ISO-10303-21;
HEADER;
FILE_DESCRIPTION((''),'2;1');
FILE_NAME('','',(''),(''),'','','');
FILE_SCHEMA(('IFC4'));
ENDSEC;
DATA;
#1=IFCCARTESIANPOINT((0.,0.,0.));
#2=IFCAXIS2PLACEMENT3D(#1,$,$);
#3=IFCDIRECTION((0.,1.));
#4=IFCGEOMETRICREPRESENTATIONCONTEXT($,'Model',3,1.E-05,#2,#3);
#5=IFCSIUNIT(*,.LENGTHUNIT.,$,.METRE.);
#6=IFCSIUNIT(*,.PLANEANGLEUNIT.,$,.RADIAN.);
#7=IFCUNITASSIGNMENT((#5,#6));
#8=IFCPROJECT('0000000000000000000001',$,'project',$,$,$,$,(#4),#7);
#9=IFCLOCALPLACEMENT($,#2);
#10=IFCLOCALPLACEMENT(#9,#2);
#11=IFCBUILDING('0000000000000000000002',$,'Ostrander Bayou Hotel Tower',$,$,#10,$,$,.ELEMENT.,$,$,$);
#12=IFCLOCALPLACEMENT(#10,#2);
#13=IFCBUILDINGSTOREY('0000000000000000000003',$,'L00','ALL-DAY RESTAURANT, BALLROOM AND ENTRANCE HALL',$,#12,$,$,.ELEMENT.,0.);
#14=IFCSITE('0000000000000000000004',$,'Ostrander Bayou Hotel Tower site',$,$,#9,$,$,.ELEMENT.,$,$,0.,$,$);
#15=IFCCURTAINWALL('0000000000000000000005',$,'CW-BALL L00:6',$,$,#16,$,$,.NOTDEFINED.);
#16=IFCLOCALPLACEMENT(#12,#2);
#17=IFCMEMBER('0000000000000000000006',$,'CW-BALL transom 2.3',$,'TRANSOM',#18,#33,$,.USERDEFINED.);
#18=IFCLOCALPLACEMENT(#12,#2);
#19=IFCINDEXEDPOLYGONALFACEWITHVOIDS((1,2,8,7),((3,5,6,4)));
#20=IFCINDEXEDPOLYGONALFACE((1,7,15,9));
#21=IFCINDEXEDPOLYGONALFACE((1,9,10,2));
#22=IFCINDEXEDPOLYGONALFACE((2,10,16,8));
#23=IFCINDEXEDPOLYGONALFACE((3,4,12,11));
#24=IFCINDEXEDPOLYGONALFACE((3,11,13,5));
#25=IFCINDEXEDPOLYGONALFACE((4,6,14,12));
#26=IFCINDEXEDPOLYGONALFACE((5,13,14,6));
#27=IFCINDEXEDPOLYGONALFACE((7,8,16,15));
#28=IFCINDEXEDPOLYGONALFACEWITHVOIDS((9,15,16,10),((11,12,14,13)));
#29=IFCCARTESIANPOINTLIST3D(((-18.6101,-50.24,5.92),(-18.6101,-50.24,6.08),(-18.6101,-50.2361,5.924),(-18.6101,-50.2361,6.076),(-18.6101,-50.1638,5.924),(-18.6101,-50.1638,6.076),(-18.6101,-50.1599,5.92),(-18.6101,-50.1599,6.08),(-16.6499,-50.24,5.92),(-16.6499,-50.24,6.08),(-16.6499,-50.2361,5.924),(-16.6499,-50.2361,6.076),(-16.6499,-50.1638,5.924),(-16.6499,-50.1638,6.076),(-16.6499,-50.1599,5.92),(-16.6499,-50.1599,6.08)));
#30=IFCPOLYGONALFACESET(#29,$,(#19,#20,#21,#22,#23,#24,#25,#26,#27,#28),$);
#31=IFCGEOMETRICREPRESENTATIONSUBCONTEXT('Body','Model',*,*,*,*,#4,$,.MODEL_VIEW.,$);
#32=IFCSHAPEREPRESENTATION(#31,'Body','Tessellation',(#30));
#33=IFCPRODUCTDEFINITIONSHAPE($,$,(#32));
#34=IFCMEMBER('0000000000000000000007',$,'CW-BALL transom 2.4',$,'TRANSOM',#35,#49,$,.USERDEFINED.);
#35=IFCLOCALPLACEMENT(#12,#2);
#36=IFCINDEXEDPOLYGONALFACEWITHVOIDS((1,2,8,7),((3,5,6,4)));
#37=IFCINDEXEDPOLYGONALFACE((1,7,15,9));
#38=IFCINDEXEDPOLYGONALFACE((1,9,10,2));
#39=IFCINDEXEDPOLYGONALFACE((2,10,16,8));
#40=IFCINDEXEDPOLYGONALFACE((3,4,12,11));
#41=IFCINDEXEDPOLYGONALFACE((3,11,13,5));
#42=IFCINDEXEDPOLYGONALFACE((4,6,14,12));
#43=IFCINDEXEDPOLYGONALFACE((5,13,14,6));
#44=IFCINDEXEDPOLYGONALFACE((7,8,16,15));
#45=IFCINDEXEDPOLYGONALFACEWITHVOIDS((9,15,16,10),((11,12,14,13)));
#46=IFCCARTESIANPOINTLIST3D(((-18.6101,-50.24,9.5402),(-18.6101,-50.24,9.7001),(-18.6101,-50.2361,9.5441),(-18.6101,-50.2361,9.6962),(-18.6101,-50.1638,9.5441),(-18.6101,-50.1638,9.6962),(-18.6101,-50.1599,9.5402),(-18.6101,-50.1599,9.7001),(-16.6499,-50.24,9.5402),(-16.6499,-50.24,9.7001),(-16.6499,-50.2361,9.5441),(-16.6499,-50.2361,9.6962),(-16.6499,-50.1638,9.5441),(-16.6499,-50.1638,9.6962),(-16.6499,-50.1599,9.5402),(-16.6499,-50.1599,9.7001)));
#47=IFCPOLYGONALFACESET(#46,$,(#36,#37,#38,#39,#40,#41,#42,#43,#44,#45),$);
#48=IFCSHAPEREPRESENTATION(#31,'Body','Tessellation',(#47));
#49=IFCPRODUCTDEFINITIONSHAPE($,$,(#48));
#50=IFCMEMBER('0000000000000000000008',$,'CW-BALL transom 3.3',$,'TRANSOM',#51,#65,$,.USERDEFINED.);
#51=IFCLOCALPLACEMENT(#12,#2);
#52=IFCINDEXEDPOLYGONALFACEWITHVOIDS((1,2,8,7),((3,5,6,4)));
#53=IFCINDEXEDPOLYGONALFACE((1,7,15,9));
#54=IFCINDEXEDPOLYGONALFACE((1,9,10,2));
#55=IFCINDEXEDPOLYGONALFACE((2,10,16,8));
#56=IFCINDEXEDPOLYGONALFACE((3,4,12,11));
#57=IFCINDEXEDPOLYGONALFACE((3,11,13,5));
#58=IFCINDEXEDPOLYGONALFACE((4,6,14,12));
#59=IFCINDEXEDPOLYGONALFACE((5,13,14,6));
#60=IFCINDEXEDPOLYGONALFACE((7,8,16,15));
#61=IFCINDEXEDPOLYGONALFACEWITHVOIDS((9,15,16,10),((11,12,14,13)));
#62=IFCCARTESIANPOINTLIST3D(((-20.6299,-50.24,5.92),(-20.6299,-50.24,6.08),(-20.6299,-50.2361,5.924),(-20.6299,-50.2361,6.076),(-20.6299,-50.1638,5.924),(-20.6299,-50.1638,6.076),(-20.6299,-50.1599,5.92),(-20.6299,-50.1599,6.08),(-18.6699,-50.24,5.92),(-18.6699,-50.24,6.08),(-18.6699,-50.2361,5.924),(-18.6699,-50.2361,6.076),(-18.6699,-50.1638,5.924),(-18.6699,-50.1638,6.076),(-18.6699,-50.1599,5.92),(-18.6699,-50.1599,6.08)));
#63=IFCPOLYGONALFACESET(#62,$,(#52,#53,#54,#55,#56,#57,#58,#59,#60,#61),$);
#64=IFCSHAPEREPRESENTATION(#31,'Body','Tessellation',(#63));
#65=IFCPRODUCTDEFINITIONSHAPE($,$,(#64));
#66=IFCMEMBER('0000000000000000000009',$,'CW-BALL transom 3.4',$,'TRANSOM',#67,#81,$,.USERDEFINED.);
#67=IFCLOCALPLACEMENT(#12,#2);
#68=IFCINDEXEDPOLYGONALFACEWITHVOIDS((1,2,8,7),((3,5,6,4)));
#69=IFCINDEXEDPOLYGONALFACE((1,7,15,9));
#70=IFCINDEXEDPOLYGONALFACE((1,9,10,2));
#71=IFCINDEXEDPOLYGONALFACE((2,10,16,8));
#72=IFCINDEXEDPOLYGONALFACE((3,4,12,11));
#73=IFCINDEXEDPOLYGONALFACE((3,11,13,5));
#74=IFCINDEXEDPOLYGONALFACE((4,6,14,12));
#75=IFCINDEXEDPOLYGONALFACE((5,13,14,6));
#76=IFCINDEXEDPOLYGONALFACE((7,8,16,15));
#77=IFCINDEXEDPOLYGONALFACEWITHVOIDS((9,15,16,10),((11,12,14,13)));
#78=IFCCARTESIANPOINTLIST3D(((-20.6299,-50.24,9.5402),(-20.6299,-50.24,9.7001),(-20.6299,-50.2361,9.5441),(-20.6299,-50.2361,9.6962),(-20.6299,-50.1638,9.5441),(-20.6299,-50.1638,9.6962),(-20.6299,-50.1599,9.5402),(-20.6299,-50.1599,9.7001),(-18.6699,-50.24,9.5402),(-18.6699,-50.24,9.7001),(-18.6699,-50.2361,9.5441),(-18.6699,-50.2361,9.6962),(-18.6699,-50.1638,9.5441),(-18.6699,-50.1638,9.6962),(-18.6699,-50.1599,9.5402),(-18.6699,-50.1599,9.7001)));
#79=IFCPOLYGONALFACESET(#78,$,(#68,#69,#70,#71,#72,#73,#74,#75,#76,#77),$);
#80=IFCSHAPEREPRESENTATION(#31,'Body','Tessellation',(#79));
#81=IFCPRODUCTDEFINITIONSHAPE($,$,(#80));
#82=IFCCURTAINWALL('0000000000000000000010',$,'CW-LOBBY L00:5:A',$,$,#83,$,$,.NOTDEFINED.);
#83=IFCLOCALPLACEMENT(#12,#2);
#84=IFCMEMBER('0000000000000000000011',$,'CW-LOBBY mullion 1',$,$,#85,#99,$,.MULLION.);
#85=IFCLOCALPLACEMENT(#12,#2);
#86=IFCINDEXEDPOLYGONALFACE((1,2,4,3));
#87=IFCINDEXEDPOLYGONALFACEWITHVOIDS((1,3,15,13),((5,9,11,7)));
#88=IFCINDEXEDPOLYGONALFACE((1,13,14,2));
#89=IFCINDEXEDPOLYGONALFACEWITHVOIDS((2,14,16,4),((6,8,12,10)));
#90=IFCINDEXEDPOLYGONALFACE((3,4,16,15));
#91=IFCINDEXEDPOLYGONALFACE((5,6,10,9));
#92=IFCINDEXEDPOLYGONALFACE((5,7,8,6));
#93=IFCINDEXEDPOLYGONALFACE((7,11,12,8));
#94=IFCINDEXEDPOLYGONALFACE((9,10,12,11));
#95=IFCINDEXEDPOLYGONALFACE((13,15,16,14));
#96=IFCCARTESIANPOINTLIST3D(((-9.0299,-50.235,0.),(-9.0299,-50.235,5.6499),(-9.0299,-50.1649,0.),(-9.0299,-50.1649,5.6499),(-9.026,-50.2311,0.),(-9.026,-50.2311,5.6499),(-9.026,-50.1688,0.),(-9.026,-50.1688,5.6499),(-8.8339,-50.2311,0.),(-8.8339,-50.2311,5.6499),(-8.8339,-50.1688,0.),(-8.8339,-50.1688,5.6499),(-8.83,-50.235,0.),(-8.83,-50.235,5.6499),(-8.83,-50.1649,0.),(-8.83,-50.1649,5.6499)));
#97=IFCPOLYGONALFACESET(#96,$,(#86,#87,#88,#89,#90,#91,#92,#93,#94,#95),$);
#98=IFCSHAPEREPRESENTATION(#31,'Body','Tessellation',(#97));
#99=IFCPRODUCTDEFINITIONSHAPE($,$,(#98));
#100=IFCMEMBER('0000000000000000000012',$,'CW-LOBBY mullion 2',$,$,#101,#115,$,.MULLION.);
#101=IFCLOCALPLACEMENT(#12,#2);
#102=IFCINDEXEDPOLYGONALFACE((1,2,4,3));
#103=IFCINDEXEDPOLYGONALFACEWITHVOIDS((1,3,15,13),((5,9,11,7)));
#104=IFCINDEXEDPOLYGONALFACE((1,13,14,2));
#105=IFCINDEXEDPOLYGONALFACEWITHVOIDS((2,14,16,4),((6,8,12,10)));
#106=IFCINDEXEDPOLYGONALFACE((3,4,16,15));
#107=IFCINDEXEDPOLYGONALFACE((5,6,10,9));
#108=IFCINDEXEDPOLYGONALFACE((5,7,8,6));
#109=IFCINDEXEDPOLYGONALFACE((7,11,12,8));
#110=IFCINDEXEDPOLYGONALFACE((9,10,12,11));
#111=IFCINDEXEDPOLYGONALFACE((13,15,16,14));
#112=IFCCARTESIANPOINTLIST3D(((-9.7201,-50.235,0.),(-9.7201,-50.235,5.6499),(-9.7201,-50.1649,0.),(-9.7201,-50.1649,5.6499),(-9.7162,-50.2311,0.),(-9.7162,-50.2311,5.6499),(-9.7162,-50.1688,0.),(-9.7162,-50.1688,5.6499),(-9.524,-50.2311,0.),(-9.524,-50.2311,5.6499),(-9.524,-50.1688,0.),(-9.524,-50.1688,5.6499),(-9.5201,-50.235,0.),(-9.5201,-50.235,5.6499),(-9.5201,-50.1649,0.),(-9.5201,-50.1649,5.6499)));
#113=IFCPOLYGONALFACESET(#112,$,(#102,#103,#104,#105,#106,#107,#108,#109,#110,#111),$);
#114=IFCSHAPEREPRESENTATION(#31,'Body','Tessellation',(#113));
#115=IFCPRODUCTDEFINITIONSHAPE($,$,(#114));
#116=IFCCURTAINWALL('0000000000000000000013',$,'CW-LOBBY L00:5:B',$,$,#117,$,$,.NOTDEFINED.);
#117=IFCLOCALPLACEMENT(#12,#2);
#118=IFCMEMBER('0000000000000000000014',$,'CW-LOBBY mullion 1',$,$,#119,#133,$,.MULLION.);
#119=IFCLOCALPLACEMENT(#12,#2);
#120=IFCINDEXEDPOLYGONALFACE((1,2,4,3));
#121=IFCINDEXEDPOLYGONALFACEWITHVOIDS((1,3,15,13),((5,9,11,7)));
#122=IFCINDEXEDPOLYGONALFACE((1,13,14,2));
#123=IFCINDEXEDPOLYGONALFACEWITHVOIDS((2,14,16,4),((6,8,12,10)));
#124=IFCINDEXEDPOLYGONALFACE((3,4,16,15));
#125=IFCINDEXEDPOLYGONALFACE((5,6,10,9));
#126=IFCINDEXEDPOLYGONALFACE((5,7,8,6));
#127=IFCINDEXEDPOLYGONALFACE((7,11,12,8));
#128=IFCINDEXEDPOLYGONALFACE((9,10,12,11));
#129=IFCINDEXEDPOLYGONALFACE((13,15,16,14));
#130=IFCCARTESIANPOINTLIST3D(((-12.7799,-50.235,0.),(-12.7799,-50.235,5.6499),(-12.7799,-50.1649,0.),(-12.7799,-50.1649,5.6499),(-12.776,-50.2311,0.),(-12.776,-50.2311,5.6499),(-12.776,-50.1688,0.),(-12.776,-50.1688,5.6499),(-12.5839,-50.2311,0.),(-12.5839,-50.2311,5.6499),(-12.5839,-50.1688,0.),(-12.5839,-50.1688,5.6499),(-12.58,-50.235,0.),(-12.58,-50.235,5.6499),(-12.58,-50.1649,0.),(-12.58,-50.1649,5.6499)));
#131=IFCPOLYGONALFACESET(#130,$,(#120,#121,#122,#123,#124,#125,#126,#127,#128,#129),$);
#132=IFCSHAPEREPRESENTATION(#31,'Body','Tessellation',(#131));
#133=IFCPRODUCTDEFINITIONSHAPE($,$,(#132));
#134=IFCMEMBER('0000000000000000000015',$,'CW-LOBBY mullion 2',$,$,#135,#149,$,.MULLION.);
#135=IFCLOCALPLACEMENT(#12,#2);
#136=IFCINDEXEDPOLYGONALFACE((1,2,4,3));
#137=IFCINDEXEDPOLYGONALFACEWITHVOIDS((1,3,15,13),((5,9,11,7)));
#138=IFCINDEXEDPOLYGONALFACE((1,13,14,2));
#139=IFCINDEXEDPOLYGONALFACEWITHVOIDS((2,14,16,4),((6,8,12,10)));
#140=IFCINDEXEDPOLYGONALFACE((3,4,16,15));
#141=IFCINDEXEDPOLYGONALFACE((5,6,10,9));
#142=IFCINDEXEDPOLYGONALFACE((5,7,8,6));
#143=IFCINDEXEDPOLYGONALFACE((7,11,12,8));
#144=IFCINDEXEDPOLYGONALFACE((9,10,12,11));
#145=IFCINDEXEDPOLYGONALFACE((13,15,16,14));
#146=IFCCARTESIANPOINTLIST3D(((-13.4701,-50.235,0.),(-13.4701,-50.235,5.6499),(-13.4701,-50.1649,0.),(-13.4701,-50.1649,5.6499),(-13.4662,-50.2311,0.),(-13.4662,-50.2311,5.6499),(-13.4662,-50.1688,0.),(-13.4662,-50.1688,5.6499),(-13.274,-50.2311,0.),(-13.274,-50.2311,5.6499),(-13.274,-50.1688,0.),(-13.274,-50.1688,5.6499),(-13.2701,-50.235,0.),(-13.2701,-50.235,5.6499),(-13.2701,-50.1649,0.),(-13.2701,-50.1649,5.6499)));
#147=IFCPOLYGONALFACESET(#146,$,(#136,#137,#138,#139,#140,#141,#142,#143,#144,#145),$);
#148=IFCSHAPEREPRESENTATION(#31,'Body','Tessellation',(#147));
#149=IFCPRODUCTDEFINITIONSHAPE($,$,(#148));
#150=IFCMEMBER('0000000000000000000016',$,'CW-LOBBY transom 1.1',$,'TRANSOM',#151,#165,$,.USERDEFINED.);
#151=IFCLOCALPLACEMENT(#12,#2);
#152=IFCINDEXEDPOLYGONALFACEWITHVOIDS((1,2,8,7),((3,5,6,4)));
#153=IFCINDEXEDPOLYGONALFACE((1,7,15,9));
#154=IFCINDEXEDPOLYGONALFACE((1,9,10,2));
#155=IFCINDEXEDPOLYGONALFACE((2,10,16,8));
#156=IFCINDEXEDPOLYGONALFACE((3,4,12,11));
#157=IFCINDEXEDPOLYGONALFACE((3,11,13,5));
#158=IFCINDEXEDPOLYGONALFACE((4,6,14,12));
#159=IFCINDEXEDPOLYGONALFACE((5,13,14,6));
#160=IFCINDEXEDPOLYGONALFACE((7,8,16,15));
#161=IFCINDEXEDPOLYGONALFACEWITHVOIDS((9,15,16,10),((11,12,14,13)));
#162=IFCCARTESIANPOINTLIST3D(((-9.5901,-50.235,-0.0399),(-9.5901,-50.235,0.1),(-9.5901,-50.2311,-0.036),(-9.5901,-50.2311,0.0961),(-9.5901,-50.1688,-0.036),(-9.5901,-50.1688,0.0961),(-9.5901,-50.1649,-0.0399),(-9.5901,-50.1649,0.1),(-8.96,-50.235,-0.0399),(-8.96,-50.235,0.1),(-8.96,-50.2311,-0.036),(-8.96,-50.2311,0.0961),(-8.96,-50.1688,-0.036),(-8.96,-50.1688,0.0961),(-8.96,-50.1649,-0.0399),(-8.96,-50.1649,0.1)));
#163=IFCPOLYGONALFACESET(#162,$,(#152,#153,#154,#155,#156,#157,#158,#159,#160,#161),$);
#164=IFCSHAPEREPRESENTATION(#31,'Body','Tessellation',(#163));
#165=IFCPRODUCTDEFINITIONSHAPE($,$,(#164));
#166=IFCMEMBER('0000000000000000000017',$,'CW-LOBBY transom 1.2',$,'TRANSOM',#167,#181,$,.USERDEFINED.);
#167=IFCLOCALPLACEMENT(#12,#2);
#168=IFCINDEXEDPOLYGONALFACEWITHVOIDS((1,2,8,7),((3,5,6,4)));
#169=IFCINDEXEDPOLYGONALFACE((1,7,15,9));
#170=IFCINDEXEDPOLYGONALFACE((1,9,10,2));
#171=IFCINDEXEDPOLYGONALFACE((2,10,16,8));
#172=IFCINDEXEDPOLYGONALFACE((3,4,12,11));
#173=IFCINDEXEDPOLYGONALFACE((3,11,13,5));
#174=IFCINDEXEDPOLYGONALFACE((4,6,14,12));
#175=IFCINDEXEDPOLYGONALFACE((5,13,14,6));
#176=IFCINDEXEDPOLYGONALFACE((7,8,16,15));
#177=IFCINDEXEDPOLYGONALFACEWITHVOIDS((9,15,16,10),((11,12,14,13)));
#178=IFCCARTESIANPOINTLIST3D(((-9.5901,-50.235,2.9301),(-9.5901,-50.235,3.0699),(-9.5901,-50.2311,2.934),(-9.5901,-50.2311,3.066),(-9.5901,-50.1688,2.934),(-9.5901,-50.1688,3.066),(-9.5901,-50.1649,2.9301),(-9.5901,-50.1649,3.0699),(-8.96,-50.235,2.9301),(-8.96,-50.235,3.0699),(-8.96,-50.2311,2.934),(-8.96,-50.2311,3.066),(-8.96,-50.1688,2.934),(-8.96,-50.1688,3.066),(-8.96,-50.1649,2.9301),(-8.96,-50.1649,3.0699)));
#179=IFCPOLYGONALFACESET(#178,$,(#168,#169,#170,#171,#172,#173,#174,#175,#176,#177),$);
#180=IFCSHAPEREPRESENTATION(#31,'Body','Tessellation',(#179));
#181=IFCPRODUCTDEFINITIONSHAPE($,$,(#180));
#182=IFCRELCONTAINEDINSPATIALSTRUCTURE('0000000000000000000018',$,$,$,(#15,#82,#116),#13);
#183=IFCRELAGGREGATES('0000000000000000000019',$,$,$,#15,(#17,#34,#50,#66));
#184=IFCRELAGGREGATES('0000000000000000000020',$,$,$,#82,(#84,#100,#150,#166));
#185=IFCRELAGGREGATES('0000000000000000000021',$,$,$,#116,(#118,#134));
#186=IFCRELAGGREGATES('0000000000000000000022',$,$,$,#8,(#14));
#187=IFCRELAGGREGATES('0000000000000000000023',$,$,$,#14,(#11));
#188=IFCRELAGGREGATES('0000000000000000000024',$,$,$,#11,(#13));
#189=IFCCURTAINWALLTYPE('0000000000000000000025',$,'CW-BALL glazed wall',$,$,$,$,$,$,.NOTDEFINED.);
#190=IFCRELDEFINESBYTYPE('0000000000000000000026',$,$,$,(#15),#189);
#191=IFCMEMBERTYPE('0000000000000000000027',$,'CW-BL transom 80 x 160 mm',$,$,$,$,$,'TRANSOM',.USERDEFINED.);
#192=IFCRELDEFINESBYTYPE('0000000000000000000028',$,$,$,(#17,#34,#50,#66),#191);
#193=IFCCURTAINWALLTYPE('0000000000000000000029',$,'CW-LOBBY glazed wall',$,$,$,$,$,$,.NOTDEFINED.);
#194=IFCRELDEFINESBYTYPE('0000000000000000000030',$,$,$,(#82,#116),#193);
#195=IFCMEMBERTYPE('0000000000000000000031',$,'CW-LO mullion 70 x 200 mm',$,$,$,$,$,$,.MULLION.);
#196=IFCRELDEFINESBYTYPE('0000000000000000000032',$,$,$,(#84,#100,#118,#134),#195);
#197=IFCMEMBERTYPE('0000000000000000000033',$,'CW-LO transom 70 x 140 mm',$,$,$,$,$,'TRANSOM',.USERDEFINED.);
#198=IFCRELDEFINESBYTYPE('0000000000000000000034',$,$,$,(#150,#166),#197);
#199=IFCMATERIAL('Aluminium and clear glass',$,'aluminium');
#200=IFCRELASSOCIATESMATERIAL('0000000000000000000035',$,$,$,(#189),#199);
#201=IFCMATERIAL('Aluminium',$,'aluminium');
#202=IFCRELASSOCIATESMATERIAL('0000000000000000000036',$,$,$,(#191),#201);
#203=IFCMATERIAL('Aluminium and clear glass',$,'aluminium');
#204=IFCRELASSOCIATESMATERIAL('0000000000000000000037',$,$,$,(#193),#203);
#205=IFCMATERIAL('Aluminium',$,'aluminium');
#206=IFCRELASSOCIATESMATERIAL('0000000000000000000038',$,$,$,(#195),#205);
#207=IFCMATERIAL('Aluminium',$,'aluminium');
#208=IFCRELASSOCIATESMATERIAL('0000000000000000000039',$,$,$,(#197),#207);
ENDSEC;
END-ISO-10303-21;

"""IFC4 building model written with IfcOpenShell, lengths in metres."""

from ifc_helpers import new_model, si_unit, direction, frame, origin, origin_2d, place, context, subcontext, project, spatial, hollow_rectangle, extrude, material, material_profile, profile_set, type_object, element, aggregate, save


model = new_model("IFC4")

# Units and contexts
model_context = context("Model", 3, precision=1e-05, world=origin(), true_north=direction((0.0, 1.0)))
body_context = subcontext(model_context, "Body", "Model", "MODEL_VIEW")
ifc_project = project(units=[si_unit("LENGTHUNIT", "METRE"), si_unit("PLANEANGLEUNIT", "RADIAN")], contexts=[model_context])

# Site, building, storey
site_placement = place(None, origin())
site = spatial("IfcSite", under=ifc_project, at=site_placement, Name="Ostrander Bayou Hotel Tower site", CompositionType="ELEMENT", RefElevation=0.0)
building_placement = place(site_placement, origin())
building = spatial("IfcBuilding", under=site, at=building_placement, Name="Ostrander Bayou Hotel Tower", CompositionType="ELEMENT")
storey_placement = place(building_placement, origin())
storey = spatial("IfcBuildingStorey", under=building, at=storey_placement, Name="L00", Description="ALL-DAY RESTAURANT, BALLROOM AND ENTRANCE HALL", CompositionType="ELEMENT", Elevation=0.0)

# Curtain walls, members
ifc_material_1 = material(Name="Aluminium and clear glass", Category="aluminium")
curtain_wall_type_1 = type_object("IfcCurtainWallType", Name="CW-BALL glazed wall", PredefinedType="NOTDEFINED", material=ifc_material_1)
curtain_wall_1_placement = place(storey_placement, origin())
curtain_wall_1 = element("IfcCurtainWall", 1, at=curtain_wall_1_placement, inside=storey, type_object=curtain_wall_type_1, Name="CW-BALL L00:6", PredefinedType="NOTDEFINED")
ifc_material_2 = material(Name="Aluminium", Category="aluminium")
ifc_material_profile_1 = material_profile(ifc_material_2, hollow_rectangle(XDim=0.0801, YDim=0.1599, WallThickness=0.0039, at=origin_2d()))
ifc_profile_set_1 = profile_set([ifc_material_profile_1], Name="Aluminium")
member_type_1 = type_object("IfcMemberType", Name="CW-BL transom 80 x 160 mm", ElementType="TRANSOM", PredefinedType="USERDEFINED", material=ifc_profile_set_1)
member_1_placement = place(storey_placement, frame((-16.6499, -50.2, 6.0), z_axis=(-1.0, 0.0, 0.0), x_axis=(0.0, -1.0, 0.0)))
member_1 = element("IfcMember", 2, at=member_1_placement, type_object=member_type_1, Name="CW-BALL transom 2.3", ObjectType="TRANSOM", PredefinedType="USERDEFINED", context=body_context, shape_type="SweptSolid", body=[
    extrude(hollow_rectangle(XDim=0.0801, YDim=0.1599, WallThickness=0.0039, at=origin_2d()), origin(), (0.0, 0.0, 1.0), 1.9602),
])
member_2_placement = place(storey_placement, frame((-16.6499, -50.2, 9.6201), z_axis=(-1.0, 0.0, 0.0), x_axis=(0.0, -1.0, 0.0)))
member_2 = element("IfcMember", 3, at=member_2_placement, type_object=member_type_1, Name="CW-BALL transom 2.4", ObjectType="TRANSOM", PredefinedType="USERDEFINED", context=body_context, shape_type="SweptSolid", body=[
    extrude(hollow_rectangle(XDim=0.0801, YDim=0.1599, WallThickness=0.0039, at=origin_2d()), origin(), (0.0, 0.0, 1.0), 1.9602),
])
member_3_placement = place(storey_placement, frame((-18.6699, -50.2, 6.0), z_axis=(-1.0, 0.0, 0.0), x_axis=(0.0, -1.0, 0.0)))
member_3 = element("IfcMember", 4, at=member_3_placement, type_object=member_type_1, Name="CW-BALL transom 3.3", ObjectType="TRANSOM", PredefinedType="USERDEFINED", context=body_context, shape_type="SweptSolid", body=[
    extrude(hollow_rectangle(XDim=0.0801, YDim=0.1599, WallThickness=0.0039, at=origin_2d()), origin(), (0.0, 0.0, 1.0), 1.96),
])
member_4_placement = place(storey_placement, frame((-18.6699, -50.2, 9.6201), z_axis=(-1.0, 0.0, 0.0), x_axis=(0.0, -1.0, 0.0)))
member_4 = element("IfcMember", 5, at=member_4_placement, type_object=member_type_1, Name="CW-BALL transom 3.4", ObjectType="TRANSOM", PredefinedType="USERDEFINED", context=body_context, shape_type="SweptSolid", body=[
    extrude(hollow_rectangle(XDim=0.0801, YDim=0.1599, WallThickness=0.0039, at=origin_2d()), origin(), (0.0, 0.0, 1.0), 1.96),
])
ifc_material_3 = material(Name="Aluminium and clear glass", Category="aluminium")
curtain_wall_type_2 = type_object("IfcCurtainWallType", Name="CW-LOBBY glazed wall", PredefinedType="NOTDEFINED", material=ifc_material_3)
curtain_wall_2_placement = place(storey_placement, origin())
curtain_wall_2 = element("IfcCurtainWall", 6, at=curtain_wall_2_placement, inside=storey, type_object=curtain_wall_type_2, Name="CW-LOBBY L00:5:A", PredefinedType="NOTDEFINED")
ifc_material_4 = material(Name="Aluminium", Category="aluminium")
ifc_material_profile_2 = material_profile(ifc_material_4, hollow_rectangle(XDim=0.0701, YDim=0.2, WallThickness=0.0039, at=origin_2d()))
ifc_profile_set_2 = profile_set([ifc_material_profile_2], Name="Aluminium")
member_type_2 = type_object("IfcMemberType", Name="CW-LO mullion 70 x 200 mm", PredefinedType="MULLION", material=ifc_profile_set_2)
member_5_placement = place(storey_placement, frame((-8.9299, -50.2, 0.0), z_axis=(0.0, 0.0, 1.0), x_axis=(0.0, -1.0, 0.0)))
member_5 = element("IfcMember", 7, at=member_5_placement, type_object=member_type_2, Name="CW-LOBBY mullion 1", PredefinedType="MULLION", context=body_context, shape_type="SweptSolid", body=[
    extrude(hollow_rectangle(XDim=0.0701, YDim=0.2, WallThickness=0.0039, at=origin_2d()), origin(), (0.0, 0.0, 1.0), 5.6499),
])
member_6_placement = place(storey_placement, frame((-9.6201, -50.2, 0.0), z_axis=(0.0, 0.0, 1.0), x_axis=(0.0, -1.0, 0.0)))
member_6 = element("IfcMember", 8, at=member_6_placement, type_object=member_type_2, Name="CW-LOBBY mullion 2", PredefinedType="MULLION", context=body_context, shape_type="SweptSolid", body=[
    extrude(hollow_rectangle(XDim=0.0701, YDim=0.2, WallThickness=0.0039, at=origin_2d()), origin(), (0.0, 0.0, 1.0), 5.6499),
])
curtain_wall_3_placement = place(storey_placement, origin())
curtain_wall_3 = element("IfcCurtainWall", 9, at=curtain_wall_3_placement, inside=storey, type_object=curtain_wall_type_2, Name="CW-LOBBY L00:5:B", PredefinedType="NOTDEFINED")
member_7_placement = place(storey_placement, frame((-12.6799, -50.2, 0.0), z_axis=(0.0, 0.0, 1.0), x_axis=(0.0, -1.0, 0.0)))
member_7 = element("IfcMember", 10, at=member_7_placement, type_object=member_type_2, Name="CW-LOBBY mullion 1", PredefinedType="MULLION", context=body_context, shape_type="SweptSolid", body=[
    extrude(hollow_rectangle(XDim=0.0701, YDim=0.2, WallThickness=0.0039, at=origin_2d()), origin(), (0.0, 0.0, 1.0), 5.6499),
])
member_8_placement = place(storey_placement, frame((-13.3701, -50.2, 0.0), z_axis=(0.0, 0.0, 1.0), x_axis=(0.0, -1.0, 0.0)))
member_8 = element("IfcMember", 11, at=member_8_placement, type_object=member_type_2, Name="CW-LOBBY mullion 2", PredefinedType="MULLION", context=body_context, shape_type="SweptSolid", body=[
    extrude(hollow_rectangle(XDim=0.0701, YDim=0.2, WallThickness=0.0039, at=origin_2d()), origin(), (0.0, 0.0, 1.0), 5.6499),
])

# Members
ifc_material_5 = material(Name="Aluminium", Category="aluminium")
ifc_material_profile_3 = material_profile(ifc_material_5, hollow_rectangle(XDim=0.0701, YDim=0.1399, WallThickness=0.0039, at=origin_2d()))
ifc_profile_set_3 = profile_set([ifc_material_profile_3], Name="Aluminium")
member_type_3 = type_object("IfcMemberType", Name="CW-LO transom 70 x 140 mm", ElementType="TRANSOM", PredefinedType="USERDEFINED", material=ifc_profile_set_3)
member_9_placement = place(storey_placement, frame((-8.96, -50.2, 0.03), z_axis=(-1.0, 0.0, 0.0), x_axis=(0.0, -1.0, 0.0)))
member_9 = element("IfcMember", 12, at=member_9_placement, type_object=member_type_3, Name="CW-LOBBY transom 1.1", ObjectType="TRANSOM", PredefinedType="USERDEFINED", context=body_context, shape_type="SweptSolid", body=[
    extrude(hollow_rectangle(XDim=0.0701, YDim=0.1399, WallThickness=0.0039, at=origin_2d()), origin(), (0.0, 0.0, 1.0), 0.6301),
])
member_10_placement = place(storey_placement, frame((-8.96, -50.2, 3.0), z_axis=(-1.0, 0.0, 0.0), x_axis=(0.0, -1.0, 0.0)))
member_10 = element("IfcMember", 13, at=member_10_placement, type_object=member_type_3, Name="CW-LOBBY transom 1.2", ObjectType="TRANSOM", PredefinedType="USERDEFINED", context=body_context, shape_type="SweptSolid", body=[
    extrude(hollow_rectangle(XDim=0.0701, YDim=0.1399, WallThickness=0.0039, at=origin_2d()), origin(), (0.0, 0.0, 1.0), 0.6301),
])

aggregate(curtain_wall_1, [member_1, member_2, member_3, member_4])
aggregate(curtain_wall_2, [member_5, member_6, member_9, member_10])
aggregate(curtain_wall_3, [member_7, member_8])

save(model, "model.ifc")
